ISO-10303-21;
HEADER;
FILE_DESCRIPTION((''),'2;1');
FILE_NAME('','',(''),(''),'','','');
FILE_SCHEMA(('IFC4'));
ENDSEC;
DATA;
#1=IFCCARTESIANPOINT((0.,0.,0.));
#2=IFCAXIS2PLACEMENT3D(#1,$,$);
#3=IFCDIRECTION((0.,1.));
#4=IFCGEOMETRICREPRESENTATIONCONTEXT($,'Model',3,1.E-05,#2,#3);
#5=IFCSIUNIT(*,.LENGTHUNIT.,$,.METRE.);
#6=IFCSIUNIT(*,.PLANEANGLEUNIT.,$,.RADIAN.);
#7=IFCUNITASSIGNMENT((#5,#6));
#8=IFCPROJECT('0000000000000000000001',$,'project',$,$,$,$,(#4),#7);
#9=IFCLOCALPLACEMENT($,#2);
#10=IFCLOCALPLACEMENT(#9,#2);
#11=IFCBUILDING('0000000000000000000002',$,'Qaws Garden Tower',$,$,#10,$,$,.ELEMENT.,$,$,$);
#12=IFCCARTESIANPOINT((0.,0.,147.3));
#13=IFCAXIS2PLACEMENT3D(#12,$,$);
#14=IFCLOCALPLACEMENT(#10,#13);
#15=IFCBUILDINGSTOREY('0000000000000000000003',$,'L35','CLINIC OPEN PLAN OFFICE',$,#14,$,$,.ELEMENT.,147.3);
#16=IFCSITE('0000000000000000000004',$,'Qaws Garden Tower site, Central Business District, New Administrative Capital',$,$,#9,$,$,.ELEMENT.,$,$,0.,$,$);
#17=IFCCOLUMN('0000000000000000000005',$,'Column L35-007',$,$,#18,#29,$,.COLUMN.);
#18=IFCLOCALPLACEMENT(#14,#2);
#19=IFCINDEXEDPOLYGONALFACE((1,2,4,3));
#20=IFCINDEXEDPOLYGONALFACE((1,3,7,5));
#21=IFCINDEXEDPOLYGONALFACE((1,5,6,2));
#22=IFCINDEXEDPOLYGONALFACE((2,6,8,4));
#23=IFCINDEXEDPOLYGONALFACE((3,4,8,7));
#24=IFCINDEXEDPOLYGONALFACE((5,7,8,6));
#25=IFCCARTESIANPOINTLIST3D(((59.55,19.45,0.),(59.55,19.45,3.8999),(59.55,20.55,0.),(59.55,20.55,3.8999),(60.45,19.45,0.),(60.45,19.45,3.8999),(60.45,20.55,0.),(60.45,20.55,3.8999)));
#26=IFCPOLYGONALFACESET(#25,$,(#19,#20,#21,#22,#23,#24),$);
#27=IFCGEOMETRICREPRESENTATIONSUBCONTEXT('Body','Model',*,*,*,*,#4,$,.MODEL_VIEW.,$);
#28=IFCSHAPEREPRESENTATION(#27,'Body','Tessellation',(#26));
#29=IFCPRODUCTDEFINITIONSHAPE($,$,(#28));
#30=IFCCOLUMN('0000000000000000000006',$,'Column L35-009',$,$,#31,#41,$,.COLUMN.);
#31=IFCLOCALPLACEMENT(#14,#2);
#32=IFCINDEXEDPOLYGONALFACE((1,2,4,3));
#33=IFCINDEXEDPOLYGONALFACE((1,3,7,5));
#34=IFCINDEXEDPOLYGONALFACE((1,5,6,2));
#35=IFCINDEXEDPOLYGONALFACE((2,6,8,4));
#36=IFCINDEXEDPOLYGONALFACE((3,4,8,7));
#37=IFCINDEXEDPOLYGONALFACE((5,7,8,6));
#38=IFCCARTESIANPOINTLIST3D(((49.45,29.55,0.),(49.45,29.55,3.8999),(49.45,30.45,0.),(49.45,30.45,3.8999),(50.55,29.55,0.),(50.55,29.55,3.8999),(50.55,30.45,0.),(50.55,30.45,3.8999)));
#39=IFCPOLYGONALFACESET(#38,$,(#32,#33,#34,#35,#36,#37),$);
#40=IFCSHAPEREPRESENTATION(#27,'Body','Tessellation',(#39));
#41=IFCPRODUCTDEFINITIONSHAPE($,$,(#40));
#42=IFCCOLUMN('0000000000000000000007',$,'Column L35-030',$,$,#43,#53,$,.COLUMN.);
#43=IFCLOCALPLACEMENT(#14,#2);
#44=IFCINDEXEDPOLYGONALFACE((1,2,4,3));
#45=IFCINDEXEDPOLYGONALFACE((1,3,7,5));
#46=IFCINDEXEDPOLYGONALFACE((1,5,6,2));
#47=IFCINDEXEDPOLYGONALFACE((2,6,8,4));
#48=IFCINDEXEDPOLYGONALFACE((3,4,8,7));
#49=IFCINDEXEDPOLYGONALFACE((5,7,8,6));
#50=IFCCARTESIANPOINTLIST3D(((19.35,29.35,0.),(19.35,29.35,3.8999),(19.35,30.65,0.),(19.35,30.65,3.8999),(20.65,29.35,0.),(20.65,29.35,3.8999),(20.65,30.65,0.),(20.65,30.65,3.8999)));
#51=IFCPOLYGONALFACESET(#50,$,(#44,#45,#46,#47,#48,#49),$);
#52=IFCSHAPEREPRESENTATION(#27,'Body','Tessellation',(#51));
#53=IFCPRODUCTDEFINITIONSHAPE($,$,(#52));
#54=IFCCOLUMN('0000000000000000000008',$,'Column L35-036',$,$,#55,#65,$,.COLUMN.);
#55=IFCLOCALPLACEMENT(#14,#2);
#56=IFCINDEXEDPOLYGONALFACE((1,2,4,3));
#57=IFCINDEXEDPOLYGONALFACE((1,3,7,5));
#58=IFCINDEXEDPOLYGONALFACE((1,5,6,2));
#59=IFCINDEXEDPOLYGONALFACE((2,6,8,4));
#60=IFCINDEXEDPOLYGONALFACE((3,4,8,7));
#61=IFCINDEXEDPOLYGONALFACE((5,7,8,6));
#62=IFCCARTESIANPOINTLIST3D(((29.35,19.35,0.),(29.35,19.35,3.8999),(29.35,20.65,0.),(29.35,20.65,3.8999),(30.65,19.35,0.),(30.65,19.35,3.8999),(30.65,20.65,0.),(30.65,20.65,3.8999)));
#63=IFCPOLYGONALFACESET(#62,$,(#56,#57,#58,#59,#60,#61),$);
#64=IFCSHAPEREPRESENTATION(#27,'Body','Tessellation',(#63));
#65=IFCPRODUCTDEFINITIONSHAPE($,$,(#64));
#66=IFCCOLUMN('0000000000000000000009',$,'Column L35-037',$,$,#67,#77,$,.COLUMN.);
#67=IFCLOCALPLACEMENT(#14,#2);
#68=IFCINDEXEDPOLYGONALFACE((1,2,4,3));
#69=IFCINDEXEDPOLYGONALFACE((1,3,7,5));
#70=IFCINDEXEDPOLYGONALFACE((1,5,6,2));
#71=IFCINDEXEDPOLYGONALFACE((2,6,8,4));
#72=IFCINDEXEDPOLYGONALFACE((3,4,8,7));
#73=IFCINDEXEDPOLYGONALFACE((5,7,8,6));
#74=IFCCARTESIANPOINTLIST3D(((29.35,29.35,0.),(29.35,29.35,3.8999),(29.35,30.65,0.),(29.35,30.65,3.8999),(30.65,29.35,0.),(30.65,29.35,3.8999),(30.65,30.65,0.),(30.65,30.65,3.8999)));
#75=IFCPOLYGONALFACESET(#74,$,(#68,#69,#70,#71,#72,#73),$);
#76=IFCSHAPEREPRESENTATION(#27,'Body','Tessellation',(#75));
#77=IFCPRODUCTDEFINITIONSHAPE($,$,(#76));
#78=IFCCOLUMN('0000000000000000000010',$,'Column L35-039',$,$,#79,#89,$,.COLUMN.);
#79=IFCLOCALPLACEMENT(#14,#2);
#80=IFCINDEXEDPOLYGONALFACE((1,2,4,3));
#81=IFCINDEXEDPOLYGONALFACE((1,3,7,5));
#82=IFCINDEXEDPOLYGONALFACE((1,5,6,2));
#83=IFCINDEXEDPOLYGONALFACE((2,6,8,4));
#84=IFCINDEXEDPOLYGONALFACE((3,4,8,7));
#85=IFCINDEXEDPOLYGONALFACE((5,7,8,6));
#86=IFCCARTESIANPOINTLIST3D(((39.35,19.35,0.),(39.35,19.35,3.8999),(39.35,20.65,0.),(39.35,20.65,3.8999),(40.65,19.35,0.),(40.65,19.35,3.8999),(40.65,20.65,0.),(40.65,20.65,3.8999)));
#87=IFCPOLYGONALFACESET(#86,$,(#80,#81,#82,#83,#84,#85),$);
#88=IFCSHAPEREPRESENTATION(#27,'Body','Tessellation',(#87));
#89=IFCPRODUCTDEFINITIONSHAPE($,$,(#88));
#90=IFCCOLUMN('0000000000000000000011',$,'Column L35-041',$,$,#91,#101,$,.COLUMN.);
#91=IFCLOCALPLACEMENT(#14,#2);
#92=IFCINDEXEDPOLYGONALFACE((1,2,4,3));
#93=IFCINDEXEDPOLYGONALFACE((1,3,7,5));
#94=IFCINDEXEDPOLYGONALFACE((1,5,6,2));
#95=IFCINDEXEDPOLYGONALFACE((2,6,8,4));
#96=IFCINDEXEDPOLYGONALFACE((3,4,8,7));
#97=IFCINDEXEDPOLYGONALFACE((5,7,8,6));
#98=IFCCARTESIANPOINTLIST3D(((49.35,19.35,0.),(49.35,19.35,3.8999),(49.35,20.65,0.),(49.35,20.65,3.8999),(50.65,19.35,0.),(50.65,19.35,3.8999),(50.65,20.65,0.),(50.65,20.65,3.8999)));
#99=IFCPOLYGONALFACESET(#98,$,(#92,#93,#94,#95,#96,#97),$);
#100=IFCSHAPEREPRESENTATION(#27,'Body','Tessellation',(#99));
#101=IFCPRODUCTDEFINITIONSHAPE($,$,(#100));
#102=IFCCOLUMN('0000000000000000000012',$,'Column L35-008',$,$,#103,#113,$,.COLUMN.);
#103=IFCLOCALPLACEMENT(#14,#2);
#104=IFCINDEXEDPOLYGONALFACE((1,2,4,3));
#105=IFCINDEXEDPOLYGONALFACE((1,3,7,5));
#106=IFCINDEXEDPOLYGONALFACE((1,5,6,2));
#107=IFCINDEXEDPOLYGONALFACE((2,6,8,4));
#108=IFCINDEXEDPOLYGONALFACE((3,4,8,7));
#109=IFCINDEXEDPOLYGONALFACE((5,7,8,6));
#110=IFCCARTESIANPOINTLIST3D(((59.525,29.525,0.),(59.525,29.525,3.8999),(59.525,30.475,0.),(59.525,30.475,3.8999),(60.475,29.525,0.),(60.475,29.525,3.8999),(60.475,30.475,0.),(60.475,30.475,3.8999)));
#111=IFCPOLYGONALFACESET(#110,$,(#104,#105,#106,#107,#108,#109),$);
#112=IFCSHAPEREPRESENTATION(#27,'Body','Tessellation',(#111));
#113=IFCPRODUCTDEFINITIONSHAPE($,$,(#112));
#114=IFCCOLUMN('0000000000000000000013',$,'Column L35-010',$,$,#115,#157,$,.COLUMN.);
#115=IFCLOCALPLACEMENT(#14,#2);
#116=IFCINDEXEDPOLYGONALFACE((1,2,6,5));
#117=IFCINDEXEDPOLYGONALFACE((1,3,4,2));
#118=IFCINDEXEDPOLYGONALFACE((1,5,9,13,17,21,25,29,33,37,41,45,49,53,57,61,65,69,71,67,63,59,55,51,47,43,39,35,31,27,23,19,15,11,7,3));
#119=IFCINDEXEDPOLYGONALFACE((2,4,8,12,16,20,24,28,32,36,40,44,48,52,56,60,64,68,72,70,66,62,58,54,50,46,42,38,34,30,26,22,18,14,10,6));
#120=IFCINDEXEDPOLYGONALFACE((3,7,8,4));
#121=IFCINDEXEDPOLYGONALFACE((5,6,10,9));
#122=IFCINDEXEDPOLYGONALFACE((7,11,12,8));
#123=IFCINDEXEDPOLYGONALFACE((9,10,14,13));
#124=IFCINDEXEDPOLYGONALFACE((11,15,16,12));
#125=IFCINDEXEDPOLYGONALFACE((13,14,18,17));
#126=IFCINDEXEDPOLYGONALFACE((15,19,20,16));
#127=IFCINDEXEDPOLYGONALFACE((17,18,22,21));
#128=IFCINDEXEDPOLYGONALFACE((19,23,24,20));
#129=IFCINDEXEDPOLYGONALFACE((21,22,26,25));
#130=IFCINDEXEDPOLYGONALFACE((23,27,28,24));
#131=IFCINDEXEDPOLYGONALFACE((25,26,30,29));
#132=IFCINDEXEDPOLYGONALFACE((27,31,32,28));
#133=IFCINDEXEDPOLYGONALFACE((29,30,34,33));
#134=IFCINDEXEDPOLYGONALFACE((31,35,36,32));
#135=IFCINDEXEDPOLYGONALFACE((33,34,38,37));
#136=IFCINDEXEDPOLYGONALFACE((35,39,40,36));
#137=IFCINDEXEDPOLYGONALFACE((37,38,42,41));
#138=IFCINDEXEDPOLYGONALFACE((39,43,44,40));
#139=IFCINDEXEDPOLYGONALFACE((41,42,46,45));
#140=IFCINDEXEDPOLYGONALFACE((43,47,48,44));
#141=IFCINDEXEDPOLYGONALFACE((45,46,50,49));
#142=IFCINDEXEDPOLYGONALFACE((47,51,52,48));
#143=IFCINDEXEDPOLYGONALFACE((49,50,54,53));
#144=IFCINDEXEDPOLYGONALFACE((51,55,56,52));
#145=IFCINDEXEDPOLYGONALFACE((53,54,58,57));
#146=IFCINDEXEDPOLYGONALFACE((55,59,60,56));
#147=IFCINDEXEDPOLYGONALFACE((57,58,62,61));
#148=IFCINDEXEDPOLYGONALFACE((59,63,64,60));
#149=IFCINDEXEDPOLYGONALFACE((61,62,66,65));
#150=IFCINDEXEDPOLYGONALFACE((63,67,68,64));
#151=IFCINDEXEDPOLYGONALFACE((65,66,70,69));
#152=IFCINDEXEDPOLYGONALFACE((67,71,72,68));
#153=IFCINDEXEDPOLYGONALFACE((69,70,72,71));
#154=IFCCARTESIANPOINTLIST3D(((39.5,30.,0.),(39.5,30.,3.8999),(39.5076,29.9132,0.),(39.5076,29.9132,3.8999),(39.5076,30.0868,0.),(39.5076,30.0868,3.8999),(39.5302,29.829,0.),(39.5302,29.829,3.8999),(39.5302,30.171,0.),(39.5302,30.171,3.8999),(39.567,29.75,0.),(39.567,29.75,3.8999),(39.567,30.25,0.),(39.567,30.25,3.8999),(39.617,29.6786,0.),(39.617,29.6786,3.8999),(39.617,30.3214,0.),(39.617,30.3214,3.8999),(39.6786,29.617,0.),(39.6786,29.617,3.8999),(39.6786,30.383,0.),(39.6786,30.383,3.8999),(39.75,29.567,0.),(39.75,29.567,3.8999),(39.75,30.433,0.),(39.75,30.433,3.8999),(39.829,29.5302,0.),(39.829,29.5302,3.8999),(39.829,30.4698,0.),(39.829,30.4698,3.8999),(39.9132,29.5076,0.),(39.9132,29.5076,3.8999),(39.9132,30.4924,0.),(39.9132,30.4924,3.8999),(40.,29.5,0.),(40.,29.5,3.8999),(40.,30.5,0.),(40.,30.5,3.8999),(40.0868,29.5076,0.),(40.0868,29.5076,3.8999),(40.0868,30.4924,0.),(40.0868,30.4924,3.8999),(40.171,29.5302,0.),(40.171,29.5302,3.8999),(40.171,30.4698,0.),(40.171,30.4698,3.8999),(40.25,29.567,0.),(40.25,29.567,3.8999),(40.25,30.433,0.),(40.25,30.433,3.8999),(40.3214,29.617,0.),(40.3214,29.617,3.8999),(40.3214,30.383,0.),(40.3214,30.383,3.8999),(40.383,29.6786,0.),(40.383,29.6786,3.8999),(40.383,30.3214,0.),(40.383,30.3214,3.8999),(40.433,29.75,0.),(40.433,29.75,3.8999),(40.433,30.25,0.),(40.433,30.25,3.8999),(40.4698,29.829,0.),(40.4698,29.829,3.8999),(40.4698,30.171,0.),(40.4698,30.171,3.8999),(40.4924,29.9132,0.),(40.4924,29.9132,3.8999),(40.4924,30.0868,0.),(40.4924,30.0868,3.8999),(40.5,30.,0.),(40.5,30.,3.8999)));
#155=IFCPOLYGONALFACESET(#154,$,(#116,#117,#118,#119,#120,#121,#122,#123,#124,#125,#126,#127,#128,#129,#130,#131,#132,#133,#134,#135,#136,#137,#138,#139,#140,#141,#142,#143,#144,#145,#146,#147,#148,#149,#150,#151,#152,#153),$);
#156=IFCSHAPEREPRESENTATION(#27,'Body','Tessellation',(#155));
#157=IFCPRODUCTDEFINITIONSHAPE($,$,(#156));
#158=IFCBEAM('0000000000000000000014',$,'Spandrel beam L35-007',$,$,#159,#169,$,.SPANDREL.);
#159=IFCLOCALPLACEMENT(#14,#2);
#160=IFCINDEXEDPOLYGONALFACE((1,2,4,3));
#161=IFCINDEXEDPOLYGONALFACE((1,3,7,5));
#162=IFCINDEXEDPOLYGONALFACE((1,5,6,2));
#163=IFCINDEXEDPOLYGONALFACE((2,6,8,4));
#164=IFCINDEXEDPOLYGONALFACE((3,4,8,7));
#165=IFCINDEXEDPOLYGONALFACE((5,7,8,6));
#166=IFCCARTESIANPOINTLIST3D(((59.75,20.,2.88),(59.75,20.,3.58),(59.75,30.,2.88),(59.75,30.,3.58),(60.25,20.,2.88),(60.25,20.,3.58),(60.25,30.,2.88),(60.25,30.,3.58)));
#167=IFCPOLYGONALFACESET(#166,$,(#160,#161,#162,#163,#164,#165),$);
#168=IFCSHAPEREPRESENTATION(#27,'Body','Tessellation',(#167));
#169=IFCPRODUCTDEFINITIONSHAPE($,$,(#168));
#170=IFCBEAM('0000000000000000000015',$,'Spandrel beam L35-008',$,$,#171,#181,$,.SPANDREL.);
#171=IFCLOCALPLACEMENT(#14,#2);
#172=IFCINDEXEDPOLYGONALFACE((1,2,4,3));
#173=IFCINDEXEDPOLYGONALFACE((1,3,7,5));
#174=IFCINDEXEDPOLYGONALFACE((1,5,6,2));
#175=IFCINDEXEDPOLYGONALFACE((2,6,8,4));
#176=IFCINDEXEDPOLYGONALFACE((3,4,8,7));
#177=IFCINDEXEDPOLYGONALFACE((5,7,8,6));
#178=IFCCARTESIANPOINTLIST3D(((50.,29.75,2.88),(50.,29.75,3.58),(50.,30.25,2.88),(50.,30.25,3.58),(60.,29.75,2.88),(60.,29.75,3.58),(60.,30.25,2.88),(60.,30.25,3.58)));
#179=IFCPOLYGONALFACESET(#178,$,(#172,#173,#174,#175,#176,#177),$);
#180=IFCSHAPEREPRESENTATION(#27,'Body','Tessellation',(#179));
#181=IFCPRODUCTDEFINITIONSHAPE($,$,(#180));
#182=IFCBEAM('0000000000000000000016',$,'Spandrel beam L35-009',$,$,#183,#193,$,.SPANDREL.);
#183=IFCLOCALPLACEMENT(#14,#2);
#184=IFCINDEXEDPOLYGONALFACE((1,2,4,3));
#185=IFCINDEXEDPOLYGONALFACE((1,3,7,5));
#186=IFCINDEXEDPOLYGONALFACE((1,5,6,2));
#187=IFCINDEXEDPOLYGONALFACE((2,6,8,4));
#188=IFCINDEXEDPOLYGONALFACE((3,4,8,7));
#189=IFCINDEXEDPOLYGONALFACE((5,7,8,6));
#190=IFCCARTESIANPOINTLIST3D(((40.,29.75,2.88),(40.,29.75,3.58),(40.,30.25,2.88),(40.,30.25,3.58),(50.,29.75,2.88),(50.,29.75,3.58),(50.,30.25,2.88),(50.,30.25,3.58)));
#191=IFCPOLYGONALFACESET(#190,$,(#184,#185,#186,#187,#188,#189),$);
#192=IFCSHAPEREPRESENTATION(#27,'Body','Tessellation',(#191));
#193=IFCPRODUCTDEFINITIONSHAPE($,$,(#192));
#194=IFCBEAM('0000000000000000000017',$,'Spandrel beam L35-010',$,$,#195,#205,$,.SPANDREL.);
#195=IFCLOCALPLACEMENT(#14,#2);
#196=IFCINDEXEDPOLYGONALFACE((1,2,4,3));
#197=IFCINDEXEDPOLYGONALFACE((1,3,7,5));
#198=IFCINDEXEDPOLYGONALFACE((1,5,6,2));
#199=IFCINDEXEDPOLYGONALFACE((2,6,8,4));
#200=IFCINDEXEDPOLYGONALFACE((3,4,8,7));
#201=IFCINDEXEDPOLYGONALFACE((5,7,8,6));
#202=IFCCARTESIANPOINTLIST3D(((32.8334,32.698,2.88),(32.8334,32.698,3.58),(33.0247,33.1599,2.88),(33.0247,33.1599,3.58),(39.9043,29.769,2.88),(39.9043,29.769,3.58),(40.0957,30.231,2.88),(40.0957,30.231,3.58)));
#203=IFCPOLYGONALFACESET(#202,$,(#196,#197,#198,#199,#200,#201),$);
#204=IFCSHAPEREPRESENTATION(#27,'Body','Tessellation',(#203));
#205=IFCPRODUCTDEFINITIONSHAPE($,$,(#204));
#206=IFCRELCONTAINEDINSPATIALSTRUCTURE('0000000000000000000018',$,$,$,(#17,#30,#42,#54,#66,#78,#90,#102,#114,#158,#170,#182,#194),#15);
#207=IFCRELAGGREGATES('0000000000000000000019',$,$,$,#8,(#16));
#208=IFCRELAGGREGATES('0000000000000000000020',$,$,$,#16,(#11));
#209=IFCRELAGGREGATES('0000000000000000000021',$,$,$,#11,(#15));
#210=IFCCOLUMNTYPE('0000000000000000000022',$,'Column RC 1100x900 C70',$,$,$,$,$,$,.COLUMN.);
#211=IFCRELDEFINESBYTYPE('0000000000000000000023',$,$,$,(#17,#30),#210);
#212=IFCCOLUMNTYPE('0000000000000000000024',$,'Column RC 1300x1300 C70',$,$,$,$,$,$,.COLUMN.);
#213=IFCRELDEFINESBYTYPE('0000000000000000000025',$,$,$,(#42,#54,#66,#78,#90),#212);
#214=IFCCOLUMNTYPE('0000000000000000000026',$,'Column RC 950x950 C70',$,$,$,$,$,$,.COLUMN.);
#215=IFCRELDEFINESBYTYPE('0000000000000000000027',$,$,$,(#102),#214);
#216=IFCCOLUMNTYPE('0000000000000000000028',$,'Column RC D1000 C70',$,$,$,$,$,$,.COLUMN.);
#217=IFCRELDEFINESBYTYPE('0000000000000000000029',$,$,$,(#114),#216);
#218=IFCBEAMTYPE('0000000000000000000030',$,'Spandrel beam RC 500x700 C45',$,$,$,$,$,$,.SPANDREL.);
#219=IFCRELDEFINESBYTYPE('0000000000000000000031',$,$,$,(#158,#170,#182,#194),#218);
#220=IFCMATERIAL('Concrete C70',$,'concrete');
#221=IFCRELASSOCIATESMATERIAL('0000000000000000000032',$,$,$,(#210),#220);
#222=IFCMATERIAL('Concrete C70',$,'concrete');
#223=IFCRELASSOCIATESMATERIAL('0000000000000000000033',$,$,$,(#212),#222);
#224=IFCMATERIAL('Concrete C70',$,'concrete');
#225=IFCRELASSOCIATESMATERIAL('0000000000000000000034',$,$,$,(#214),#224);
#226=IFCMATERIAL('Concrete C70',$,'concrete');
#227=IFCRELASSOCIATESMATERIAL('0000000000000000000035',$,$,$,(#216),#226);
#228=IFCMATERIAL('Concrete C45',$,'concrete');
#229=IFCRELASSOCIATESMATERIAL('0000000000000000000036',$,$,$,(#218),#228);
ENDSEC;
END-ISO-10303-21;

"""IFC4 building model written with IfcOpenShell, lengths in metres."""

from ifc_helpers import new_model, si_unit, direction, frame, origin, origin_2d, place, context, subcontext, project, spatial, rectangle, circle, extrude, material, material_profile, profile_set, type_object, element, save


model = new_model("IFC4")

# Units and contexts
model_context = context("Model", 3, precision=1e-05, world=origin(), true_north=direction((0.0, 1.0)))
body_context = subcontext(model_context, "Body", "Model", "MODEL_VIEW")
ifc_project = project(units=[si_unit("LENGTHUNIT", "METRE"), si_unit("PLANEANGLEUNIT", "RADIAN")], contexts=[model_context])

# Site, building, storey
site_placement = place(None, origin())
site = spatial("IfcSite", under=ifc_project, at=site_placement, Name="Qaws Garden Tower site, Central Business District, New Administrative Capital", CompositionType="ELEMENT", RefElevation=0.0)
building_placement = place(site_placement, origin())
building = spatial("IfcBuilding", under=site, at=building_placement, Name="Qaws Garden Tower", CompositionType="ELEMENT")
storey_placement = place(building_placement, frame((0.0, 0.0, 147.3)))
storey = spatial("IfcBuildingStorey", under=building, at=storey_placement, Name="L35", Description="CLINIC OPEN PLAN OFFICE", CompositionType="ELEMENT", Elevation=147.3)

# Columns
ifc_material_1 = material(Name="Concrete C70", Category="concrete")
ifc_material_profile_1 = material_profile(ifc_material_1, rectangle(XDim=1.1001, YDim=0.8999, at=origin_2d()), Name="RC 1100x900")
ifc_profile_set_1 = profile_set([ifc_material_profile_1], Name="Concrete C70")
column_type_1 = type_object("IfcColumnType", Name="Column RC 1100x900 C70", PredefinedType="COLUMN", material=ifc_profile_set_1)
for number, where, z_axis, x_axis, name in (
    (1, (60.0, 20.0, 0.0), (0.0, 0.0, 1.0), (0.0, 1.0, 0.0), "Column L35-007"),
    (2, (50.0, 30.0, 0.0), (0.0, 0.0, 1.0), (1.0, 0.0, 0.0), "Column L35-009"),
):
    element("IfcColumn", number, at=place(storey_placement, frame(where, z_axis=z_axis, x_axis=x_axis)), inside=storey, type_object=column_type_1, Name=name, PredefinedType="COLUMN", context=body_context, shape_type="SweptSolid", body=[
        extrude(rectangle(XDim=1.1001, YDim=0.8999, at=origin_2d()), origin(), (0.0, 0.0, 1.0), 3.8999),
    ])
ifc_material_2 = material(Name="Concrete C70", Category="concrete")
ifc_material_profile_2 = material_profile(ifc_material_2, rectangle(XDim=1.3, YDim=1.3, at=origin_2d()), Name="RC 1300x1300")
ifc_profile_set_2 = profile_set([ifc_material_profile_2], Name="Concrete C70")
column_type_2 = type_object("IfcColumnType", Name="Column RC 1300x1300 C70", PredefinedType="COLUMN", material=ifc_profile_set_2)
for number, where, z_axis, x_axis, name in (
    (3, (20.0, 30.0, 0.0), (0.0, 0.0, 1.0), (1.0, 0.0, 0.0), "Column L35-030"),
    (4, (30.0, 20.0, 0.0), (0.0, 0.0, 1.0), (1.0, 0.0, 0.0), "Column L35-036"),
    (5, (30.0, 30.0, 0.0), (0.0, 0.0, 1.0), (1.0, 0.0, 0.0), "Column L35-037"),
    (6, (40.0, 20.0, 0.0), (0.0, 0.0, 1.0), (1.0, 0.0, 0.0), "Column L35-039"),
    (7, (50.0, 20.0, 0.0), (0.0, 0.0, 1.0), (1.0, 0.0, 0.0), "Column L35-041"),
):
    element("IfcColumn", number, at=place(storey_placement, frame(where, z_axis=z_axis, x_axis=x_axis)), inside=storey, type_object=column_type_2, Name=name, PredefinedType="COLUMN", context=body_context, shape_type="SweptSolid", body=[
        extrude(rectangle(XDim=1.3, YDim=1.3, at=origin_2d()), origin(), (0.0, 0.0, 1.0), 3.8999),
    ])
ifc_material_3 = material(Name="Concrete C70", Category="concrete")
ifc_material_profile_3 = material_profile(ifc_material_3, rectangle(XDim=0.95, YDim=0.95, at=origin_2d()), Name="RC 950x950")
ifc_profile_set_3 = profile_set([ifc_material_profile_3], Name="Concrete C70")
column_type_3 = type_object("IfcColumnType", Name="Column RC 950x950 C70", PredefinedType="COLUMN", material=ifc_profile_set_3)
column_1_placement = place(storey_placement, frame((60.0, 30.0, 0.0), z_axis=(0.0, 0.0, 1.0), x_axis=(1.0, 0.0, 0.0)))
element("IfcColumn", 8, at=column_1_placement, inside=storey, type_object=column_type_3, Name="Column L35-008", PredefinedType="COLUMN", context=body_context, shape_type="SweptSolid", body=[
    extrude(rectangle(XDim=0.95, YDim=0.95, at=origin_2d()), origin(), (0.0, 0.0, 1.0), 3.8999),
])
ifc_material_4 = material(Name="Concrete C70", Category="concrete")
ifc_material_profile_4 = material_profile(ifc_material_4, circle(Radius=0.5, at=origin_2d()), Name="RC D1000")
ifc_profile_set_4 = profile_set([ifc_material_profile_4], Name="Concrete C70")
column_type_4 = type_object("IfcColumnType", Name="Column RC D1000 C70", PredefinedType="COLUMN", material=ifc_profile_set_4)
column_2_placement = place(storey_placement, frame((40.0, 30.0, 0.0), z_axis=(0.0, 0.0, 1.0), x_axis=(1.0, 0.0, 0.0)))
element("IfcColumn", 9, at=column_2_placement, inside=storey, type_object=column_type_4, Name="Column L35-010", PredefinedType="COLUMN", context=body_context, shape_type="SweptSolid", body=[
    extrude(circle(Radius=0.5, at=origin_2d()), origin(), (0.0, 0.0, 1.0), 3.8999),
])

# Beams
ifc_material_5 = material(Name="Concrete C45", Category="concrete")
ifc_material_profile_5 = material_profile(ifc_material_5, rectangle(XDim=0.5, YDim=0.7, at=origin_2d()), Name="RC 500x700")
ifc_profile_set_5 = profile_set([ifc_material_profile_5], Name="Concrete C45")
beam_type = type_object("IfcBeamType", Name="Spandrel beam RC 500x700 C45", PredefinedType="SPANDREL", material=ifc_profile_set_5)
for number, where, z_axis, x_axis, name in (
    (10, (60.0, 20.0, 3.23), (0.0, 1.0, 0.0), (-1.0, 0.0, 0.0), "Spandrel beam L35-007"),
    (11, (60.0, 30.0, 3.23), (-1.0, 0.0, 0.0), (0.0, -1.0, 0.0), "Spandrel beam L35-008"),
    (12, (50.0, 30.0, 3.23), (-1.0, 0.0, 0.0), (0.0, -1.0, 0.0), "Spandrel beam L35-009"),
):
    element("IfcBeam", number, at=place(storey_placement, frame(where, z_axis=z_axis, x_axis=x_axis)), inside=storey, type_object=beam_type, Name=name, PredefinedType="SPANDREL", context=body_context, shape_type="SweptSolid", body=[
        extrude(rectangle(XDim=0.5, YDim=0.7, at=origin_2d()), origin(), (0.0, 0.0, 1.0), 10.0),
    ])
beam_placement = place(storey_placement, frame((40.0, 30.0, 3.23), z_axis=(-0.923878, 0.382687, 0.0), x_axis=(-0.382687, -0.923878, 0.0)))
element("IfcBeam", 13, at=beam_placement, inside=storey, type_object=beam_type, Name="Spandrel beam L35-010", PredefinedType="SPANDREL", context=body_context, shape_type="SweptSolid", body=[
    extrude(rectangle(XDim=0.5, YDim=0.7, at=origin_2d()), origin(), (0.0, 0.0, 1.0), 7.6536),
])

save(model, "model.ifc")
